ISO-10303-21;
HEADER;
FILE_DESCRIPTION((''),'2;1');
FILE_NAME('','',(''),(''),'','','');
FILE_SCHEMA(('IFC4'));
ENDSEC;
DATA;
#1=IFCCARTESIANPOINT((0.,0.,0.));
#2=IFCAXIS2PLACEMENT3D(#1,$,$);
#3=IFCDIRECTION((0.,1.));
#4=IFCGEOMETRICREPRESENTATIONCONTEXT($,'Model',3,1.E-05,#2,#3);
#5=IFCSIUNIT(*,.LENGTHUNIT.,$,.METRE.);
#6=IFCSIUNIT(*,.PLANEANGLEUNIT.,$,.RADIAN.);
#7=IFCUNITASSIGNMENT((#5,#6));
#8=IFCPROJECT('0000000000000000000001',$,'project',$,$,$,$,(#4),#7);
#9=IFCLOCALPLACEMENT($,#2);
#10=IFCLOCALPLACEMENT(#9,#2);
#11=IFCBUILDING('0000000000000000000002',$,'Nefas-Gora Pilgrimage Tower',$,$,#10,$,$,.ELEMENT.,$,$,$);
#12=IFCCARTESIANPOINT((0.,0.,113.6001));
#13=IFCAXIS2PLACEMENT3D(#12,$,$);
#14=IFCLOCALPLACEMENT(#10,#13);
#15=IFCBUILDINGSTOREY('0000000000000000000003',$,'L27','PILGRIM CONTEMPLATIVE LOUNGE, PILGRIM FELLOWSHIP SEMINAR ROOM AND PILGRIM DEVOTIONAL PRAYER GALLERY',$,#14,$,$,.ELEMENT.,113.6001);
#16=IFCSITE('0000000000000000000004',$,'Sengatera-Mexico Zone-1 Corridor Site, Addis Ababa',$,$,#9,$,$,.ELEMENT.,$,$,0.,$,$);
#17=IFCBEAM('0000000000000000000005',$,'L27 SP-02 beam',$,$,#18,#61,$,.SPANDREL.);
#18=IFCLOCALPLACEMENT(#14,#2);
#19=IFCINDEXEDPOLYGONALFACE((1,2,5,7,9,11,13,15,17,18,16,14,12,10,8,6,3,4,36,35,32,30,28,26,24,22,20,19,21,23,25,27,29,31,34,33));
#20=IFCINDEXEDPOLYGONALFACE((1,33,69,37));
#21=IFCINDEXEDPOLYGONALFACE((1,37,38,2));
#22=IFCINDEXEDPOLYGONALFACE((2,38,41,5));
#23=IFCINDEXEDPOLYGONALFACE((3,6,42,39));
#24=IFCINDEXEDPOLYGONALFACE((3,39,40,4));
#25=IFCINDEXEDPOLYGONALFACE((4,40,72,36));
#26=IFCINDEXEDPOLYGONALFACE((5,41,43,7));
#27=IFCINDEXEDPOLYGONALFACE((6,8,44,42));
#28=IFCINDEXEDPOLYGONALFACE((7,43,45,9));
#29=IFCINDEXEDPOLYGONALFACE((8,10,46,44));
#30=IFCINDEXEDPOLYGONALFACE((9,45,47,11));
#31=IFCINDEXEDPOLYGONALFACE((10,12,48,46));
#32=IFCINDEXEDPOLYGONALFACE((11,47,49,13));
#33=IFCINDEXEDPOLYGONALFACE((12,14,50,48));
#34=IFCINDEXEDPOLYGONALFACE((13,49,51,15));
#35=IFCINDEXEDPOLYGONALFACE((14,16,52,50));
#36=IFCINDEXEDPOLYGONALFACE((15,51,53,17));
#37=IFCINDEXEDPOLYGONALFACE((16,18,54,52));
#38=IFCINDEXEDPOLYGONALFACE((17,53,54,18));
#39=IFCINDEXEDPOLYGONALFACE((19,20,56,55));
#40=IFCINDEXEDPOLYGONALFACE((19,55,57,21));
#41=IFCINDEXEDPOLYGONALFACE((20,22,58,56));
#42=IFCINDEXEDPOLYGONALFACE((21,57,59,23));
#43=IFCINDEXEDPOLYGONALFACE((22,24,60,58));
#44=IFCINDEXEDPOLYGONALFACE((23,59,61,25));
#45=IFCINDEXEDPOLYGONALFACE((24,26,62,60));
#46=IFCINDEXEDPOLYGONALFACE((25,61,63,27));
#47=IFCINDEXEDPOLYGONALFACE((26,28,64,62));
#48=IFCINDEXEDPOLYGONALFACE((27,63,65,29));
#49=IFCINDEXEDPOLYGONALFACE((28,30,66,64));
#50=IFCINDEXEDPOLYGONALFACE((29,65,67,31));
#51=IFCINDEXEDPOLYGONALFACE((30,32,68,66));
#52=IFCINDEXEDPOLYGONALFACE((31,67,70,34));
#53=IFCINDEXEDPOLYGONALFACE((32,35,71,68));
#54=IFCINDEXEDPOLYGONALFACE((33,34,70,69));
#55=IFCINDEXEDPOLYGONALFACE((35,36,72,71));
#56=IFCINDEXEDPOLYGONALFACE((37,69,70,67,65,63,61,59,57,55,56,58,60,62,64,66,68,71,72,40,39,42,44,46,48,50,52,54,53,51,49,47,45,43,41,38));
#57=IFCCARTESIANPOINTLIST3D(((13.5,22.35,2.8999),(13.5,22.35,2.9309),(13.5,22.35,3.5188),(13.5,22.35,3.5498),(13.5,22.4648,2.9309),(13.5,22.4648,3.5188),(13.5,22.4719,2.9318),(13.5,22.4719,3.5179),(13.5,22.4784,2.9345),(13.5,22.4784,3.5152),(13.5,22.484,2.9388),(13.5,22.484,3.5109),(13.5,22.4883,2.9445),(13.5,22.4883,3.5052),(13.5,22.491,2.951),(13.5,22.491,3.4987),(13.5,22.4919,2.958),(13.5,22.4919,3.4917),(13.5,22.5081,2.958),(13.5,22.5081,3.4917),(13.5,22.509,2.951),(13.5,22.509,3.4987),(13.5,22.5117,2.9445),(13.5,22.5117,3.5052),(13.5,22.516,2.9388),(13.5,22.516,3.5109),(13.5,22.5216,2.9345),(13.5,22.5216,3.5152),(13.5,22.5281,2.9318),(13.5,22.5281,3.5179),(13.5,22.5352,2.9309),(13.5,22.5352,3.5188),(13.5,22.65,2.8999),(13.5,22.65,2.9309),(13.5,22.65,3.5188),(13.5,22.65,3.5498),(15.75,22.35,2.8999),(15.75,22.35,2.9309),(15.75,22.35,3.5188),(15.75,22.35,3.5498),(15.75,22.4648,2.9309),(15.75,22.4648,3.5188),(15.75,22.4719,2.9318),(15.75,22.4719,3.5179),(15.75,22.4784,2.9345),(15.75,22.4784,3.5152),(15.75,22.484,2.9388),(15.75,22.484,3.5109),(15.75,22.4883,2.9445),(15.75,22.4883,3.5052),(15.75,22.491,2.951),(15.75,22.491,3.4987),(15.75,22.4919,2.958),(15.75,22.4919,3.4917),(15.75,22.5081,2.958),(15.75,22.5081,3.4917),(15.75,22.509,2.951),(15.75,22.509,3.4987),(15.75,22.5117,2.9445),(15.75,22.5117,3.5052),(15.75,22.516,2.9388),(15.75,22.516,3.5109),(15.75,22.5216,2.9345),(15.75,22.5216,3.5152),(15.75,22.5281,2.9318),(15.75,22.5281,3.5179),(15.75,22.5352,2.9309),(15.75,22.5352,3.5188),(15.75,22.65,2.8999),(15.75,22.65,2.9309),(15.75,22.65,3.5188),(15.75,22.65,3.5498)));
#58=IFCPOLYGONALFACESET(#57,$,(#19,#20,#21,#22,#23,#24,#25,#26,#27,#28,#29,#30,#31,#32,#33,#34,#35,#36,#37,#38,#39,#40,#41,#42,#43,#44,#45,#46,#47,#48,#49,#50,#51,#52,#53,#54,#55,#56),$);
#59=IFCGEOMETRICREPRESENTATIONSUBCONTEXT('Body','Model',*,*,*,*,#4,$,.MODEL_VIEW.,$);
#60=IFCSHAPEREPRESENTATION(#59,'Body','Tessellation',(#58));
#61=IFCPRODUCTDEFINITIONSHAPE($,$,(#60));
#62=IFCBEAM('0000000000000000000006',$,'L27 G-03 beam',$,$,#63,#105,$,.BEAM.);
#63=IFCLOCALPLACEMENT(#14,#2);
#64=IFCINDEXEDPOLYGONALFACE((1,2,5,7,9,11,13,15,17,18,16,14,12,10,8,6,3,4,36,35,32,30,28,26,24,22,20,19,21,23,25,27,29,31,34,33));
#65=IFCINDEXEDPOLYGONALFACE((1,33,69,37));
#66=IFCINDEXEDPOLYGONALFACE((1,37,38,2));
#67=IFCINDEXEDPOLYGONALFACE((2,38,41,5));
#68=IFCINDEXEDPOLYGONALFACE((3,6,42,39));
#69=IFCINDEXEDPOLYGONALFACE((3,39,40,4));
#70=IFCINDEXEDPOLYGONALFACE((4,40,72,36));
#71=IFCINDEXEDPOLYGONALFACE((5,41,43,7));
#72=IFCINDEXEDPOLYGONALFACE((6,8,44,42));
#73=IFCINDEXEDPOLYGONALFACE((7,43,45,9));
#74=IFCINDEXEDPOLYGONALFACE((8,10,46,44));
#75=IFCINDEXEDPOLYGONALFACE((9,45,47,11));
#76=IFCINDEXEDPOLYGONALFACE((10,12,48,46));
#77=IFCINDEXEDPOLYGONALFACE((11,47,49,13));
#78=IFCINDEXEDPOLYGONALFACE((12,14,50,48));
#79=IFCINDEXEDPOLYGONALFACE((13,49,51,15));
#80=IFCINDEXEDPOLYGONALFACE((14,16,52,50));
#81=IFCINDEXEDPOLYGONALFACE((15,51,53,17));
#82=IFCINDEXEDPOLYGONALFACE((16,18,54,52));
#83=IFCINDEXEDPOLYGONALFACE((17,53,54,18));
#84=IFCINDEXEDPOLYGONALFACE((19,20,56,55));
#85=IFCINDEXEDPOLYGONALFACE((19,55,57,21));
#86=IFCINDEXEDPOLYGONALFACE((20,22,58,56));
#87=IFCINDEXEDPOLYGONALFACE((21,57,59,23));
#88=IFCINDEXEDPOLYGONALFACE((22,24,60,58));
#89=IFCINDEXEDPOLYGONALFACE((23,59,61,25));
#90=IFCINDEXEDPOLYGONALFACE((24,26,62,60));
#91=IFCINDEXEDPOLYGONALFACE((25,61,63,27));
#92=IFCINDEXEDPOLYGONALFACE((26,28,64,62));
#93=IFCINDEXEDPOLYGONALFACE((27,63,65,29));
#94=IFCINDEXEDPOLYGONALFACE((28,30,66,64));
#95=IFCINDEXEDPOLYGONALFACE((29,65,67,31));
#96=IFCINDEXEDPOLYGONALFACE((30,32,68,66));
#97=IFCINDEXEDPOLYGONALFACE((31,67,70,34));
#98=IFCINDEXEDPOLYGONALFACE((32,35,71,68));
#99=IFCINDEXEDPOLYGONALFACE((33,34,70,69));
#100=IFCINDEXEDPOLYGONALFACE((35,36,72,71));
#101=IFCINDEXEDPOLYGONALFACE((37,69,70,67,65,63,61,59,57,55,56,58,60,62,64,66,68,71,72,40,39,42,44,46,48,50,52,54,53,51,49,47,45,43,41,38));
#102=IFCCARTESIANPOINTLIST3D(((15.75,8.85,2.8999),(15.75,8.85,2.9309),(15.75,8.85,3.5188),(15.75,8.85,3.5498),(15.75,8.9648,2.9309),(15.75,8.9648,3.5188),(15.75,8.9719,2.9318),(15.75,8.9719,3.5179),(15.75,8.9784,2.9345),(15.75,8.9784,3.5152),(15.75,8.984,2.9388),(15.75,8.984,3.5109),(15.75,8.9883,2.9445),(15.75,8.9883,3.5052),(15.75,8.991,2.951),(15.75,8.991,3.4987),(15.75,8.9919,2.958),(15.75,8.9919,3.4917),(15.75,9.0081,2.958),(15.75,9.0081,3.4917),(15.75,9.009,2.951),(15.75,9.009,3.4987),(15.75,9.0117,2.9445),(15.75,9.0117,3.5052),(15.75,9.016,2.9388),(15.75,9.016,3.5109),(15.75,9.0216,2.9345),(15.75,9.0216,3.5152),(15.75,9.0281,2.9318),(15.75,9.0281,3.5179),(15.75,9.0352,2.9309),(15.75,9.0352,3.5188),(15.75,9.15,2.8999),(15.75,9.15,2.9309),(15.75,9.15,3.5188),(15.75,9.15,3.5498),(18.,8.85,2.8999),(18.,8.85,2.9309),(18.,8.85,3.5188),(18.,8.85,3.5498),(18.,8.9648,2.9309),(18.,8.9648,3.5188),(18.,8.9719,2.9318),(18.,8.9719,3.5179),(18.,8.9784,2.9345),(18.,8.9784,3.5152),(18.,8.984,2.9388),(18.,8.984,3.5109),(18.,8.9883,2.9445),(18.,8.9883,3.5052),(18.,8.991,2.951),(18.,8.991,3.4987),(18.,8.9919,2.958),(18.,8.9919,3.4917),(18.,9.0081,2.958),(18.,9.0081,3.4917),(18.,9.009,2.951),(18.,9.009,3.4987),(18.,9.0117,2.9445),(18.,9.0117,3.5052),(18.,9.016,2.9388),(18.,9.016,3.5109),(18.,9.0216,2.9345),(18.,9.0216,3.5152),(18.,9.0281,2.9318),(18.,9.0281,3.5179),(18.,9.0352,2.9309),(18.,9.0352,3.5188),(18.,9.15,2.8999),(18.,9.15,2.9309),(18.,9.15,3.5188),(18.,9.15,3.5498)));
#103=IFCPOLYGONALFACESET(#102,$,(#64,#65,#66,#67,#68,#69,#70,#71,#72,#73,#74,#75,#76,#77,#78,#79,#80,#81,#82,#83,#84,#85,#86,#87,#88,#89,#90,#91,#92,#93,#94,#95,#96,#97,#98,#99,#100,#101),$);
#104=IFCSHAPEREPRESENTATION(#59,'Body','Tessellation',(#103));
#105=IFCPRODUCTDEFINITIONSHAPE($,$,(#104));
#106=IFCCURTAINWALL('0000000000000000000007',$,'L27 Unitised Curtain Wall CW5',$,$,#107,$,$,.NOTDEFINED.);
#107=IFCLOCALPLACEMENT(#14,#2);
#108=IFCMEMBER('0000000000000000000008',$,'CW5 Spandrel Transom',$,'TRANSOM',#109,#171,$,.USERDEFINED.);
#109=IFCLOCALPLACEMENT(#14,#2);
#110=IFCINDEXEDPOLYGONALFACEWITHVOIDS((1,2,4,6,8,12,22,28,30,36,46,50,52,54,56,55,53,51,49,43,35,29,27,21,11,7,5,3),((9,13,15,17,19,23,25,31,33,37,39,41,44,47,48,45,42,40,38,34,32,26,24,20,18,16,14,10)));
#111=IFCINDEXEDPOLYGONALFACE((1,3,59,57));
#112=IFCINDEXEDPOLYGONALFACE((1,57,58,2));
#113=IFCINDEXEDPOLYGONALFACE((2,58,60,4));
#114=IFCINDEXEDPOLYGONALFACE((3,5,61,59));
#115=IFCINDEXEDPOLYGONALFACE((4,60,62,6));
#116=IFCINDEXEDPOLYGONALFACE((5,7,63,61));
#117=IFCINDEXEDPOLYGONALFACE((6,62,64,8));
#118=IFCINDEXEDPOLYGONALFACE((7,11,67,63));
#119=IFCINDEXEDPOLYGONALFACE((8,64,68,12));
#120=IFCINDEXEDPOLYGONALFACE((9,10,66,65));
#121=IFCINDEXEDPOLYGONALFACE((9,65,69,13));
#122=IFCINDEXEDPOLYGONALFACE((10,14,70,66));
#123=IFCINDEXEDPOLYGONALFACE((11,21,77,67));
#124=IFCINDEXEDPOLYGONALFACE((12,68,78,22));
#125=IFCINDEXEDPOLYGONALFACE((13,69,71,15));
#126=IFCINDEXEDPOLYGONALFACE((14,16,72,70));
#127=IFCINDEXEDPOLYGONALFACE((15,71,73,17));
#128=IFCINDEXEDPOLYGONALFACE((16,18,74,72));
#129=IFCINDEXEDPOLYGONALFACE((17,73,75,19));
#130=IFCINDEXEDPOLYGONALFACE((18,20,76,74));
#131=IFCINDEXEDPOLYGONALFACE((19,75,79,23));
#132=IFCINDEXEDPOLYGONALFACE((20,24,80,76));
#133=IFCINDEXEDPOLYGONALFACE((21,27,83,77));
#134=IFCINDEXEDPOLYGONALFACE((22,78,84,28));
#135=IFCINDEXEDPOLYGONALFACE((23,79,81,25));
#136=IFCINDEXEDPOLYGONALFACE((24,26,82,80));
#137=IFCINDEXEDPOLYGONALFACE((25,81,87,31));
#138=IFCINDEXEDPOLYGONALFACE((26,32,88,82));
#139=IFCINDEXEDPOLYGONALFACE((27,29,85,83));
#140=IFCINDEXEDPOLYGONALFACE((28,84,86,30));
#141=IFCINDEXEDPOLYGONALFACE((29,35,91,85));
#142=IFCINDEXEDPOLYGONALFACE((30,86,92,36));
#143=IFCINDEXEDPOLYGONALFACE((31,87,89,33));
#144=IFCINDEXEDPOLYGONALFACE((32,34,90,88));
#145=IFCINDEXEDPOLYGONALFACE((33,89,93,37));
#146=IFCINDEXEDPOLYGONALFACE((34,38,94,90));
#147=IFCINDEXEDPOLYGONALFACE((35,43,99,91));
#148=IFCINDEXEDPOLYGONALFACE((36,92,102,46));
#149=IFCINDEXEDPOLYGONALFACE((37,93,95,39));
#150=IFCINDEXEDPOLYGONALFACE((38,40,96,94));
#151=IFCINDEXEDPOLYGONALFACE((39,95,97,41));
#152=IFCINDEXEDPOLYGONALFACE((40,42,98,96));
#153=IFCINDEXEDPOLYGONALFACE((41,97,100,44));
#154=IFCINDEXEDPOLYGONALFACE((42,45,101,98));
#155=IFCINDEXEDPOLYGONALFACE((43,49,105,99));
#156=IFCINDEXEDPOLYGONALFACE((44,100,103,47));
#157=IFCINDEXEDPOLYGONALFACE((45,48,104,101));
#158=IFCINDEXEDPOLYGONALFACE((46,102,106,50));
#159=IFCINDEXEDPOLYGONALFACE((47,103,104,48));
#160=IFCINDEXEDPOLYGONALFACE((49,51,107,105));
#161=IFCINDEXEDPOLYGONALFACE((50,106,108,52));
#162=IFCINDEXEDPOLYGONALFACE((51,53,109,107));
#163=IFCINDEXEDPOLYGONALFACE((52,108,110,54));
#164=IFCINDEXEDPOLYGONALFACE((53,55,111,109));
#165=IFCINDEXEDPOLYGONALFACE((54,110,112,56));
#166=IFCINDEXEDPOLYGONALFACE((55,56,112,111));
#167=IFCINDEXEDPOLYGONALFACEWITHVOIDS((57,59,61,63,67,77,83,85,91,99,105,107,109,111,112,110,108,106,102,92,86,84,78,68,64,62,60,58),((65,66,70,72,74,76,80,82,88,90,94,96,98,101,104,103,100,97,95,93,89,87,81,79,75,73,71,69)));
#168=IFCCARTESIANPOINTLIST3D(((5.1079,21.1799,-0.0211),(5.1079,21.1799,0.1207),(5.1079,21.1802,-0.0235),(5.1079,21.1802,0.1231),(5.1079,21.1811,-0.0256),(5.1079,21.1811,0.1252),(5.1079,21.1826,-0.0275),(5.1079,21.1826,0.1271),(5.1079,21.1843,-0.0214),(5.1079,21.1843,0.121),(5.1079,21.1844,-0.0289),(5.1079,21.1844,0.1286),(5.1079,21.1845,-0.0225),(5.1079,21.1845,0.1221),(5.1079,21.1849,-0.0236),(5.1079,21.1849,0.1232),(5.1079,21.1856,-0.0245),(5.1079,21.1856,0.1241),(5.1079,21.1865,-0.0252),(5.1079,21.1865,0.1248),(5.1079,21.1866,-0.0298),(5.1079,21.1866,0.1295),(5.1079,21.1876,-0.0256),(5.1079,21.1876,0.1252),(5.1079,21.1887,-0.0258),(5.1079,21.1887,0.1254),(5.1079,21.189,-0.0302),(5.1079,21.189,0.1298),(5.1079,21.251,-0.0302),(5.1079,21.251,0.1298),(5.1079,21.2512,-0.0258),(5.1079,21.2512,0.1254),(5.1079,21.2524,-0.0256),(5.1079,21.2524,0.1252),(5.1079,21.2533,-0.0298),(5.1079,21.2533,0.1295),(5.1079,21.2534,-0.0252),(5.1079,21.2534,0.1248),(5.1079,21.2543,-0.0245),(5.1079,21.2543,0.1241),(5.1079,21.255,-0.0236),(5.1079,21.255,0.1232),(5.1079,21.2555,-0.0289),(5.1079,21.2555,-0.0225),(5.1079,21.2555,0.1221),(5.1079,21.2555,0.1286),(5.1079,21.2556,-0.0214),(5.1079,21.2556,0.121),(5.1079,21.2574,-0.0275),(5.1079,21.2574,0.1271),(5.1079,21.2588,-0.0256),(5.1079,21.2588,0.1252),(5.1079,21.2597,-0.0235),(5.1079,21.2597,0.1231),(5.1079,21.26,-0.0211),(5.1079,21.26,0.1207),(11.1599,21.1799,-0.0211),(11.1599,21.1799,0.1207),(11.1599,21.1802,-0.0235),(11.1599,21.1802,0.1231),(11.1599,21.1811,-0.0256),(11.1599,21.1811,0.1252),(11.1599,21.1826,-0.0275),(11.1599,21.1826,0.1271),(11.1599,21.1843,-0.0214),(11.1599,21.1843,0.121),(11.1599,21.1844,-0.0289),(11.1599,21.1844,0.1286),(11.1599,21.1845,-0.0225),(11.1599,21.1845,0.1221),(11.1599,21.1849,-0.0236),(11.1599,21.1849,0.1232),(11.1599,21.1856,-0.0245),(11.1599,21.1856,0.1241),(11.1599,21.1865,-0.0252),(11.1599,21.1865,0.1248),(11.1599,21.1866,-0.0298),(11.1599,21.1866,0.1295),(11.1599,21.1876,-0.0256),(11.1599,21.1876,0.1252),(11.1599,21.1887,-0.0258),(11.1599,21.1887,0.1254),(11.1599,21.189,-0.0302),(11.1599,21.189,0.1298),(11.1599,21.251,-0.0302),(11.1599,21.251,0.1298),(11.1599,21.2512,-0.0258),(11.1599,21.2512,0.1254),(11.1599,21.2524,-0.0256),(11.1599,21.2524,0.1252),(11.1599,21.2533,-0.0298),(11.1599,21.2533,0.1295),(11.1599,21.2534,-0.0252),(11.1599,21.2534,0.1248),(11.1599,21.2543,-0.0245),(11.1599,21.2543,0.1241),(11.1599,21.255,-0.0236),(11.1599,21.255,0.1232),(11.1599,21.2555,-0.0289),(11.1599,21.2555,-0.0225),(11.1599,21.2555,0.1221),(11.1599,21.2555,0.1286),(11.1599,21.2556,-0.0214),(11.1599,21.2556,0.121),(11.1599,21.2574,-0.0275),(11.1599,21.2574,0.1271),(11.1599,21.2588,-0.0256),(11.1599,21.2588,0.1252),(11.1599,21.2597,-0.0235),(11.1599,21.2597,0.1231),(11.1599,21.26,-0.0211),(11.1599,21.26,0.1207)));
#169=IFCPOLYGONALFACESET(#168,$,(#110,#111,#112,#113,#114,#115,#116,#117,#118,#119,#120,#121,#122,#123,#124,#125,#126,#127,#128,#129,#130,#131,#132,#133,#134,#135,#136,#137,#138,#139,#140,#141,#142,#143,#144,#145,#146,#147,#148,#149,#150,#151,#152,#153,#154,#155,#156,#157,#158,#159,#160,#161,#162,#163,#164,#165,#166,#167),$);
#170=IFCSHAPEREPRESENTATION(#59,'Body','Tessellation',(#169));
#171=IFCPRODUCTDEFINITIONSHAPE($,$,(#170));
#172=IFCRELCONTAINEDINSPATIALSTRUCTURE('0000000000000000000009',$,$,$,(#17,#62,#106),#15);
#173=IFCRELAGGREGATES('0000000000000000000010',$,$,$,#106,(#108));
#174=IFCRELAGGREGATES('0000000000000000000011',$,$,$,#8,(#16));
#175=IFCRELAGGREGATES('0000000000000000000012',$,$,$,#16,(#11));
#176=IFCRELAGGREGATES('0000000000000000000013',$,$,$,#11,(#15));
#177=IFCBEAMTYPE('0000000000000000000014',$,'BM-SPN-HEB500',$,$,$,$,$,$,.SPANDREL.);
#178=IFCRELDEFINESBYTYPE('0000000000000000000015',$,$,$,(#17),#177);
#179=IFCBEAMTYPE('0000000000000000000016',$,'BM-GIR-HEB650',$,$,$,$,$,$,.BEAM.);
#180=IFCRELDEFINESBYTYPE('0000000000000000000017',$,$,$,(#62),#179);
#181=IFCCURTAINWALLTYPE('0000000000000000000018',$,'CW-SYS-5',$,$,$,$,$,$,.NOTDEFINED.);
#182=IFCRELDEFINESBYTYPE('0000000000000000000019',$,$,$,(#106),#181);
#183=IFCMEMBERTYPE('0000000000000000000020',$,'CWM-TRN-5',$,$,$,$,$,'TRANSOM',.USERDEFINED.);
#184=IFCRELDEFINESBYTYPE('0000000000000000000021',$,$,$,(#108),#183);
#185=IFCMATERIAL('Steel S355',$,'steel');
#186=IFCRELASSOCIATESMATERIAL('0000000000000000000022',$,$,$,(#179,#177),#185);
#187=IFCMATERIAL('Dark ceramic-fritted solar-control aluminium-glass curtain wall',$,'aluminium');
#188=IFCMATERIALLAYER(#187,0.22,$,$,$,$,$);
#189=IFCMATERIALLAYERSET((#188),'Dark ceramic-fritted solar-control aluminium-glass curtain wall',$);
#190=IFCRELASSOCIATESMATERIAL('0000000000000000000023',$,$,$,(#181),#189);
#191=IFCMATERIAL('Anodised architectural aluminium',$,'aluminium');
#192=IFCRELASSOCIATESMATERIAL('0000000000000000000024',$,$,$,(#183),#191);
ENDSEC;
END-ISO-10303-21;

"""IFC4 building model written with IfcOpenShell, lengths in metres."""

from ifc_helpers import new_model, si_unit, direction, frame, origin, origin_2d, place, context, subcontext, project, spatial, hollow_rectangle, i_section, extrude, source, transform, mapped, material, layer, layer_set, material_profile, profile_set, type_object, element, aggregate, save


model = new_model("IFC4")

# Units and contexts
model_context = context("Model", 3, precision=1e-05, world=origin(), true_north=direction((0.0, 1.0)))
body_context = subcontext(model_context, "Body", "Model", "MODEL_VIEW")
ifc_project = project(units=[si_unit("LENGTHUNIT", "METRE"), si_unit("PLANEANGLEUNIT", "RADIAN")], contexts=[model_context])

# Site, building, storey
site_placement = place(None, origin())
site = spatial("IfcSite", under=ifc_project, at=site_placement, Name="Sengatera-Mexico Zone-1 Corridor Site, Addis Ababa", CompositionType="ELEMENT", RefElevation=0.0)
building_placement = place(site_placement, origin())
building = spatial("IfcBuilding", under=site, at=building_placement, Name="Nefas-Gora Pilgrimage Tower", CompositionType="ELEMENT")
storey_placement = place(building_placement, frame((0.0, 0.0, 113.6001)))
storey = spatial("IfcBuildingStorey", under=building, at=storey_placement, Name="L27", Description="PILGRIM CONTEMPLATIVE LOUNGE, PILGRIM FELLOWSHIP SEMINAR ROOM AND PILGRIM DEVOTIONAL PRAYER GALLERY", CompositionType="ELEMENT", Elevation=113.6001)

# Beams
ifc_material_1 = material(Name="Steel S355", Category="steel")
ifc_material_profile_1 = material_profile(ifc_material_1, i_section(OverallWidth=0.3, OverallDepth=0.6499, WebThickness=0.0161, FlangeThickness=0.031, FilletRadius=0.0271, at=origin_2d()), Name="HEB 650")
ifc_profile_set_1 = profile_set([ifc_material_profile_1], Name="Steel S355")
beam_type_1 = type_object("IfcBeamType", Name="BM-GIR-HEB650", PredefinedType="BEAM", material=ifc_profile_set_1)
ifc_material_profile_2 = material_profile(ifc_material_1, i_section(OverallWidth=0.3, OverallDepth=0.6499, WebThickness=0.0161, FlangeThickness=0.031, FilletRadius=0.0271, at=origin_2d()), Name="HEB 650")
ifc_profile_set_2 = profile_set([ifc_material_profile_2], Name="Steel S355")
beam_type_2 = type_object("IfcBeamType", Name="BM-SPN-HEB500", PredefinedType="SPANDREL", material=ifc_profile_set_2)
shared_shape_1 = source(origin(), body_context, "Body", "SweptSolid", [
    extrude(i_section(OverallWidth=0.3, OverallDepth=0.6499, WebThickness=0.0161, FlangeThickness=0.031, FilletRadius=0.0271, at=origin_2d()), origin(), (0.0, 0.0, 1.0), 2.25),
])
beam_1_placement = place(storey_placement, frame((13.5, 22.5, 3.2249), z_axis=(1.0, 0.0, 0.0), x_axis=(0.0, 1.0, 0.0)))
element("IfcBeam", 1, at=beam_1_placement, inside=storey, type_object=beam_type_2, Name="L27 SP-02 beam", PredefinedType="SPANDREL", context=body_context, shape_type="MappedRepresentation", body=[
    mapped(shared_shape_1, transform((0.0, 0.0, 0.0), x_axis=(1.0, 0.0, 0.0), y_axis=(0.0, 1.0, 0.0), z_axis=(0.0, 0.0, 1.0), scale=1.0)),
])
shared_shape_2 = source(origin(), body_context, "Body", "SweptSolid", [
    extrude(i_section(OverallWidth=0.3, OverallDepth=0.6499, WebThickness=0.0161, FlangeThickness=0.031, FilletRadius=0.0271, at=origin_2d()), origin(), (0.0, 0.0, 1.0), 2.25),
])
beam_2_placement = place(storey_placement, frame((15.75, 9.0, 3.2249), z_axis=(1.0, 0.0, 0.0), x_axis=(0.0, 1.0, 0.0)))
element("IfcBeam", 2, at=beam_2_placement, inside=storey, type_object=beam_type_1, Name="L27 G-03 beam", PredefinedType="BEAM", context=body_context, shape_type="MappedRepresentation", body=[
    mapped(shared_shape_2, transform((0.0, 0.0, 0.0), x_axis=(1.0, 0.0, 0.0), y_axis=(0.0, 1.0, 0.0), z_axis=(0.0, 0.0, 1.0), scale=1.0)),
])

# Curtain wall, member
ifc_material_2 = material(Name="Dark ceramic-fritted solar-control aluminium-glass curtain wall", Category="aluminium")
ifc_layer_1 = layer(ifc_material_2, 0.22)
ifc_layer_set_1 = layer_set([ifc_layer_1], Name="Dark ceramic-fritted solar-control aluminium-glass curtain wall")
curtain_wall_type_1 = type_object("IfcCurtainWallType", Name="CW-SYS-5", PredefinedType="NOTDEFINED", material=ifc_layer_set_1)
curtain_wall_1_placement = place(storey_placement, origin())
curtain_wall_1 = element("IfcCurtainWall", 3, at=curtain_wall_1_placement, inside=storey, type_object=curtain_wall_type_1, Name="L27 Unitised Curtain Wall CW5", PredefinedType="NOTDEFINED")
ifc_material_3 = material(Name="Anodised architectural aluminium", Category="aluminium")
ifc_material_profile_3 = material_profile(ifc_material_3, hollow_rectangle(XDim=0.0801, YDim=0.1599, WallThickness=0.0044, InnerFilletRadius=0.0044, OuterFilletRadius=0.009, at=origin_2d()), Name="ALU TRANSOM 80x160")
ifc_profile_set_3 = profile_set([ifc_material_profile_3], Name="Anodised architectural aluminium")
member_type_1 = type_object("IfcMemberType", Name="CWM-TRN-5", ElementType="TRANSOM", PredefinedType="USERDEFINED", material=ifc_profile_set_3)
shared_shape_3 = source(origin(), body_context, "Body", "SweptSolid", [
    extrude(hollow_rectangle(XDim=0.0801, YDim=0.1599, WallThickness=0.0044, InnerFilletRadius=0.0044, OuterFilletRadius=0.009, at=origin_2d()), origin(), (0.0, 0.0, 1.0), 6.052),
])
member_1_placement = place(storey_placement, frame((11.1599, 21.22, 0.0498), z_axis=(-1.0, 0.0, 0.0), x_axis=(0.0, -1.0, 0.0)))
member_1 = element("IfcMember", 4, at=member_1_placement, type_object=member_type_1, Name="CW5 Spandrel Transom", ObjectType="TRANSOM", PredefinedType="USERDEFINED", context=body_context, shape_type="MappedRepresentation", body=[
    mapped(shared_shape_3, transform((0.0, 0.0, 0.0), x_axis=(1.0, 0.0, 0.0), y_axis=(0.0, 1.0, 0.0), z_axis=(0.0, 0.0, 1.0), scale=1.0)),
])

aggregate(curtain_wall_1, [member_1])

save(model, "model.ifc")
